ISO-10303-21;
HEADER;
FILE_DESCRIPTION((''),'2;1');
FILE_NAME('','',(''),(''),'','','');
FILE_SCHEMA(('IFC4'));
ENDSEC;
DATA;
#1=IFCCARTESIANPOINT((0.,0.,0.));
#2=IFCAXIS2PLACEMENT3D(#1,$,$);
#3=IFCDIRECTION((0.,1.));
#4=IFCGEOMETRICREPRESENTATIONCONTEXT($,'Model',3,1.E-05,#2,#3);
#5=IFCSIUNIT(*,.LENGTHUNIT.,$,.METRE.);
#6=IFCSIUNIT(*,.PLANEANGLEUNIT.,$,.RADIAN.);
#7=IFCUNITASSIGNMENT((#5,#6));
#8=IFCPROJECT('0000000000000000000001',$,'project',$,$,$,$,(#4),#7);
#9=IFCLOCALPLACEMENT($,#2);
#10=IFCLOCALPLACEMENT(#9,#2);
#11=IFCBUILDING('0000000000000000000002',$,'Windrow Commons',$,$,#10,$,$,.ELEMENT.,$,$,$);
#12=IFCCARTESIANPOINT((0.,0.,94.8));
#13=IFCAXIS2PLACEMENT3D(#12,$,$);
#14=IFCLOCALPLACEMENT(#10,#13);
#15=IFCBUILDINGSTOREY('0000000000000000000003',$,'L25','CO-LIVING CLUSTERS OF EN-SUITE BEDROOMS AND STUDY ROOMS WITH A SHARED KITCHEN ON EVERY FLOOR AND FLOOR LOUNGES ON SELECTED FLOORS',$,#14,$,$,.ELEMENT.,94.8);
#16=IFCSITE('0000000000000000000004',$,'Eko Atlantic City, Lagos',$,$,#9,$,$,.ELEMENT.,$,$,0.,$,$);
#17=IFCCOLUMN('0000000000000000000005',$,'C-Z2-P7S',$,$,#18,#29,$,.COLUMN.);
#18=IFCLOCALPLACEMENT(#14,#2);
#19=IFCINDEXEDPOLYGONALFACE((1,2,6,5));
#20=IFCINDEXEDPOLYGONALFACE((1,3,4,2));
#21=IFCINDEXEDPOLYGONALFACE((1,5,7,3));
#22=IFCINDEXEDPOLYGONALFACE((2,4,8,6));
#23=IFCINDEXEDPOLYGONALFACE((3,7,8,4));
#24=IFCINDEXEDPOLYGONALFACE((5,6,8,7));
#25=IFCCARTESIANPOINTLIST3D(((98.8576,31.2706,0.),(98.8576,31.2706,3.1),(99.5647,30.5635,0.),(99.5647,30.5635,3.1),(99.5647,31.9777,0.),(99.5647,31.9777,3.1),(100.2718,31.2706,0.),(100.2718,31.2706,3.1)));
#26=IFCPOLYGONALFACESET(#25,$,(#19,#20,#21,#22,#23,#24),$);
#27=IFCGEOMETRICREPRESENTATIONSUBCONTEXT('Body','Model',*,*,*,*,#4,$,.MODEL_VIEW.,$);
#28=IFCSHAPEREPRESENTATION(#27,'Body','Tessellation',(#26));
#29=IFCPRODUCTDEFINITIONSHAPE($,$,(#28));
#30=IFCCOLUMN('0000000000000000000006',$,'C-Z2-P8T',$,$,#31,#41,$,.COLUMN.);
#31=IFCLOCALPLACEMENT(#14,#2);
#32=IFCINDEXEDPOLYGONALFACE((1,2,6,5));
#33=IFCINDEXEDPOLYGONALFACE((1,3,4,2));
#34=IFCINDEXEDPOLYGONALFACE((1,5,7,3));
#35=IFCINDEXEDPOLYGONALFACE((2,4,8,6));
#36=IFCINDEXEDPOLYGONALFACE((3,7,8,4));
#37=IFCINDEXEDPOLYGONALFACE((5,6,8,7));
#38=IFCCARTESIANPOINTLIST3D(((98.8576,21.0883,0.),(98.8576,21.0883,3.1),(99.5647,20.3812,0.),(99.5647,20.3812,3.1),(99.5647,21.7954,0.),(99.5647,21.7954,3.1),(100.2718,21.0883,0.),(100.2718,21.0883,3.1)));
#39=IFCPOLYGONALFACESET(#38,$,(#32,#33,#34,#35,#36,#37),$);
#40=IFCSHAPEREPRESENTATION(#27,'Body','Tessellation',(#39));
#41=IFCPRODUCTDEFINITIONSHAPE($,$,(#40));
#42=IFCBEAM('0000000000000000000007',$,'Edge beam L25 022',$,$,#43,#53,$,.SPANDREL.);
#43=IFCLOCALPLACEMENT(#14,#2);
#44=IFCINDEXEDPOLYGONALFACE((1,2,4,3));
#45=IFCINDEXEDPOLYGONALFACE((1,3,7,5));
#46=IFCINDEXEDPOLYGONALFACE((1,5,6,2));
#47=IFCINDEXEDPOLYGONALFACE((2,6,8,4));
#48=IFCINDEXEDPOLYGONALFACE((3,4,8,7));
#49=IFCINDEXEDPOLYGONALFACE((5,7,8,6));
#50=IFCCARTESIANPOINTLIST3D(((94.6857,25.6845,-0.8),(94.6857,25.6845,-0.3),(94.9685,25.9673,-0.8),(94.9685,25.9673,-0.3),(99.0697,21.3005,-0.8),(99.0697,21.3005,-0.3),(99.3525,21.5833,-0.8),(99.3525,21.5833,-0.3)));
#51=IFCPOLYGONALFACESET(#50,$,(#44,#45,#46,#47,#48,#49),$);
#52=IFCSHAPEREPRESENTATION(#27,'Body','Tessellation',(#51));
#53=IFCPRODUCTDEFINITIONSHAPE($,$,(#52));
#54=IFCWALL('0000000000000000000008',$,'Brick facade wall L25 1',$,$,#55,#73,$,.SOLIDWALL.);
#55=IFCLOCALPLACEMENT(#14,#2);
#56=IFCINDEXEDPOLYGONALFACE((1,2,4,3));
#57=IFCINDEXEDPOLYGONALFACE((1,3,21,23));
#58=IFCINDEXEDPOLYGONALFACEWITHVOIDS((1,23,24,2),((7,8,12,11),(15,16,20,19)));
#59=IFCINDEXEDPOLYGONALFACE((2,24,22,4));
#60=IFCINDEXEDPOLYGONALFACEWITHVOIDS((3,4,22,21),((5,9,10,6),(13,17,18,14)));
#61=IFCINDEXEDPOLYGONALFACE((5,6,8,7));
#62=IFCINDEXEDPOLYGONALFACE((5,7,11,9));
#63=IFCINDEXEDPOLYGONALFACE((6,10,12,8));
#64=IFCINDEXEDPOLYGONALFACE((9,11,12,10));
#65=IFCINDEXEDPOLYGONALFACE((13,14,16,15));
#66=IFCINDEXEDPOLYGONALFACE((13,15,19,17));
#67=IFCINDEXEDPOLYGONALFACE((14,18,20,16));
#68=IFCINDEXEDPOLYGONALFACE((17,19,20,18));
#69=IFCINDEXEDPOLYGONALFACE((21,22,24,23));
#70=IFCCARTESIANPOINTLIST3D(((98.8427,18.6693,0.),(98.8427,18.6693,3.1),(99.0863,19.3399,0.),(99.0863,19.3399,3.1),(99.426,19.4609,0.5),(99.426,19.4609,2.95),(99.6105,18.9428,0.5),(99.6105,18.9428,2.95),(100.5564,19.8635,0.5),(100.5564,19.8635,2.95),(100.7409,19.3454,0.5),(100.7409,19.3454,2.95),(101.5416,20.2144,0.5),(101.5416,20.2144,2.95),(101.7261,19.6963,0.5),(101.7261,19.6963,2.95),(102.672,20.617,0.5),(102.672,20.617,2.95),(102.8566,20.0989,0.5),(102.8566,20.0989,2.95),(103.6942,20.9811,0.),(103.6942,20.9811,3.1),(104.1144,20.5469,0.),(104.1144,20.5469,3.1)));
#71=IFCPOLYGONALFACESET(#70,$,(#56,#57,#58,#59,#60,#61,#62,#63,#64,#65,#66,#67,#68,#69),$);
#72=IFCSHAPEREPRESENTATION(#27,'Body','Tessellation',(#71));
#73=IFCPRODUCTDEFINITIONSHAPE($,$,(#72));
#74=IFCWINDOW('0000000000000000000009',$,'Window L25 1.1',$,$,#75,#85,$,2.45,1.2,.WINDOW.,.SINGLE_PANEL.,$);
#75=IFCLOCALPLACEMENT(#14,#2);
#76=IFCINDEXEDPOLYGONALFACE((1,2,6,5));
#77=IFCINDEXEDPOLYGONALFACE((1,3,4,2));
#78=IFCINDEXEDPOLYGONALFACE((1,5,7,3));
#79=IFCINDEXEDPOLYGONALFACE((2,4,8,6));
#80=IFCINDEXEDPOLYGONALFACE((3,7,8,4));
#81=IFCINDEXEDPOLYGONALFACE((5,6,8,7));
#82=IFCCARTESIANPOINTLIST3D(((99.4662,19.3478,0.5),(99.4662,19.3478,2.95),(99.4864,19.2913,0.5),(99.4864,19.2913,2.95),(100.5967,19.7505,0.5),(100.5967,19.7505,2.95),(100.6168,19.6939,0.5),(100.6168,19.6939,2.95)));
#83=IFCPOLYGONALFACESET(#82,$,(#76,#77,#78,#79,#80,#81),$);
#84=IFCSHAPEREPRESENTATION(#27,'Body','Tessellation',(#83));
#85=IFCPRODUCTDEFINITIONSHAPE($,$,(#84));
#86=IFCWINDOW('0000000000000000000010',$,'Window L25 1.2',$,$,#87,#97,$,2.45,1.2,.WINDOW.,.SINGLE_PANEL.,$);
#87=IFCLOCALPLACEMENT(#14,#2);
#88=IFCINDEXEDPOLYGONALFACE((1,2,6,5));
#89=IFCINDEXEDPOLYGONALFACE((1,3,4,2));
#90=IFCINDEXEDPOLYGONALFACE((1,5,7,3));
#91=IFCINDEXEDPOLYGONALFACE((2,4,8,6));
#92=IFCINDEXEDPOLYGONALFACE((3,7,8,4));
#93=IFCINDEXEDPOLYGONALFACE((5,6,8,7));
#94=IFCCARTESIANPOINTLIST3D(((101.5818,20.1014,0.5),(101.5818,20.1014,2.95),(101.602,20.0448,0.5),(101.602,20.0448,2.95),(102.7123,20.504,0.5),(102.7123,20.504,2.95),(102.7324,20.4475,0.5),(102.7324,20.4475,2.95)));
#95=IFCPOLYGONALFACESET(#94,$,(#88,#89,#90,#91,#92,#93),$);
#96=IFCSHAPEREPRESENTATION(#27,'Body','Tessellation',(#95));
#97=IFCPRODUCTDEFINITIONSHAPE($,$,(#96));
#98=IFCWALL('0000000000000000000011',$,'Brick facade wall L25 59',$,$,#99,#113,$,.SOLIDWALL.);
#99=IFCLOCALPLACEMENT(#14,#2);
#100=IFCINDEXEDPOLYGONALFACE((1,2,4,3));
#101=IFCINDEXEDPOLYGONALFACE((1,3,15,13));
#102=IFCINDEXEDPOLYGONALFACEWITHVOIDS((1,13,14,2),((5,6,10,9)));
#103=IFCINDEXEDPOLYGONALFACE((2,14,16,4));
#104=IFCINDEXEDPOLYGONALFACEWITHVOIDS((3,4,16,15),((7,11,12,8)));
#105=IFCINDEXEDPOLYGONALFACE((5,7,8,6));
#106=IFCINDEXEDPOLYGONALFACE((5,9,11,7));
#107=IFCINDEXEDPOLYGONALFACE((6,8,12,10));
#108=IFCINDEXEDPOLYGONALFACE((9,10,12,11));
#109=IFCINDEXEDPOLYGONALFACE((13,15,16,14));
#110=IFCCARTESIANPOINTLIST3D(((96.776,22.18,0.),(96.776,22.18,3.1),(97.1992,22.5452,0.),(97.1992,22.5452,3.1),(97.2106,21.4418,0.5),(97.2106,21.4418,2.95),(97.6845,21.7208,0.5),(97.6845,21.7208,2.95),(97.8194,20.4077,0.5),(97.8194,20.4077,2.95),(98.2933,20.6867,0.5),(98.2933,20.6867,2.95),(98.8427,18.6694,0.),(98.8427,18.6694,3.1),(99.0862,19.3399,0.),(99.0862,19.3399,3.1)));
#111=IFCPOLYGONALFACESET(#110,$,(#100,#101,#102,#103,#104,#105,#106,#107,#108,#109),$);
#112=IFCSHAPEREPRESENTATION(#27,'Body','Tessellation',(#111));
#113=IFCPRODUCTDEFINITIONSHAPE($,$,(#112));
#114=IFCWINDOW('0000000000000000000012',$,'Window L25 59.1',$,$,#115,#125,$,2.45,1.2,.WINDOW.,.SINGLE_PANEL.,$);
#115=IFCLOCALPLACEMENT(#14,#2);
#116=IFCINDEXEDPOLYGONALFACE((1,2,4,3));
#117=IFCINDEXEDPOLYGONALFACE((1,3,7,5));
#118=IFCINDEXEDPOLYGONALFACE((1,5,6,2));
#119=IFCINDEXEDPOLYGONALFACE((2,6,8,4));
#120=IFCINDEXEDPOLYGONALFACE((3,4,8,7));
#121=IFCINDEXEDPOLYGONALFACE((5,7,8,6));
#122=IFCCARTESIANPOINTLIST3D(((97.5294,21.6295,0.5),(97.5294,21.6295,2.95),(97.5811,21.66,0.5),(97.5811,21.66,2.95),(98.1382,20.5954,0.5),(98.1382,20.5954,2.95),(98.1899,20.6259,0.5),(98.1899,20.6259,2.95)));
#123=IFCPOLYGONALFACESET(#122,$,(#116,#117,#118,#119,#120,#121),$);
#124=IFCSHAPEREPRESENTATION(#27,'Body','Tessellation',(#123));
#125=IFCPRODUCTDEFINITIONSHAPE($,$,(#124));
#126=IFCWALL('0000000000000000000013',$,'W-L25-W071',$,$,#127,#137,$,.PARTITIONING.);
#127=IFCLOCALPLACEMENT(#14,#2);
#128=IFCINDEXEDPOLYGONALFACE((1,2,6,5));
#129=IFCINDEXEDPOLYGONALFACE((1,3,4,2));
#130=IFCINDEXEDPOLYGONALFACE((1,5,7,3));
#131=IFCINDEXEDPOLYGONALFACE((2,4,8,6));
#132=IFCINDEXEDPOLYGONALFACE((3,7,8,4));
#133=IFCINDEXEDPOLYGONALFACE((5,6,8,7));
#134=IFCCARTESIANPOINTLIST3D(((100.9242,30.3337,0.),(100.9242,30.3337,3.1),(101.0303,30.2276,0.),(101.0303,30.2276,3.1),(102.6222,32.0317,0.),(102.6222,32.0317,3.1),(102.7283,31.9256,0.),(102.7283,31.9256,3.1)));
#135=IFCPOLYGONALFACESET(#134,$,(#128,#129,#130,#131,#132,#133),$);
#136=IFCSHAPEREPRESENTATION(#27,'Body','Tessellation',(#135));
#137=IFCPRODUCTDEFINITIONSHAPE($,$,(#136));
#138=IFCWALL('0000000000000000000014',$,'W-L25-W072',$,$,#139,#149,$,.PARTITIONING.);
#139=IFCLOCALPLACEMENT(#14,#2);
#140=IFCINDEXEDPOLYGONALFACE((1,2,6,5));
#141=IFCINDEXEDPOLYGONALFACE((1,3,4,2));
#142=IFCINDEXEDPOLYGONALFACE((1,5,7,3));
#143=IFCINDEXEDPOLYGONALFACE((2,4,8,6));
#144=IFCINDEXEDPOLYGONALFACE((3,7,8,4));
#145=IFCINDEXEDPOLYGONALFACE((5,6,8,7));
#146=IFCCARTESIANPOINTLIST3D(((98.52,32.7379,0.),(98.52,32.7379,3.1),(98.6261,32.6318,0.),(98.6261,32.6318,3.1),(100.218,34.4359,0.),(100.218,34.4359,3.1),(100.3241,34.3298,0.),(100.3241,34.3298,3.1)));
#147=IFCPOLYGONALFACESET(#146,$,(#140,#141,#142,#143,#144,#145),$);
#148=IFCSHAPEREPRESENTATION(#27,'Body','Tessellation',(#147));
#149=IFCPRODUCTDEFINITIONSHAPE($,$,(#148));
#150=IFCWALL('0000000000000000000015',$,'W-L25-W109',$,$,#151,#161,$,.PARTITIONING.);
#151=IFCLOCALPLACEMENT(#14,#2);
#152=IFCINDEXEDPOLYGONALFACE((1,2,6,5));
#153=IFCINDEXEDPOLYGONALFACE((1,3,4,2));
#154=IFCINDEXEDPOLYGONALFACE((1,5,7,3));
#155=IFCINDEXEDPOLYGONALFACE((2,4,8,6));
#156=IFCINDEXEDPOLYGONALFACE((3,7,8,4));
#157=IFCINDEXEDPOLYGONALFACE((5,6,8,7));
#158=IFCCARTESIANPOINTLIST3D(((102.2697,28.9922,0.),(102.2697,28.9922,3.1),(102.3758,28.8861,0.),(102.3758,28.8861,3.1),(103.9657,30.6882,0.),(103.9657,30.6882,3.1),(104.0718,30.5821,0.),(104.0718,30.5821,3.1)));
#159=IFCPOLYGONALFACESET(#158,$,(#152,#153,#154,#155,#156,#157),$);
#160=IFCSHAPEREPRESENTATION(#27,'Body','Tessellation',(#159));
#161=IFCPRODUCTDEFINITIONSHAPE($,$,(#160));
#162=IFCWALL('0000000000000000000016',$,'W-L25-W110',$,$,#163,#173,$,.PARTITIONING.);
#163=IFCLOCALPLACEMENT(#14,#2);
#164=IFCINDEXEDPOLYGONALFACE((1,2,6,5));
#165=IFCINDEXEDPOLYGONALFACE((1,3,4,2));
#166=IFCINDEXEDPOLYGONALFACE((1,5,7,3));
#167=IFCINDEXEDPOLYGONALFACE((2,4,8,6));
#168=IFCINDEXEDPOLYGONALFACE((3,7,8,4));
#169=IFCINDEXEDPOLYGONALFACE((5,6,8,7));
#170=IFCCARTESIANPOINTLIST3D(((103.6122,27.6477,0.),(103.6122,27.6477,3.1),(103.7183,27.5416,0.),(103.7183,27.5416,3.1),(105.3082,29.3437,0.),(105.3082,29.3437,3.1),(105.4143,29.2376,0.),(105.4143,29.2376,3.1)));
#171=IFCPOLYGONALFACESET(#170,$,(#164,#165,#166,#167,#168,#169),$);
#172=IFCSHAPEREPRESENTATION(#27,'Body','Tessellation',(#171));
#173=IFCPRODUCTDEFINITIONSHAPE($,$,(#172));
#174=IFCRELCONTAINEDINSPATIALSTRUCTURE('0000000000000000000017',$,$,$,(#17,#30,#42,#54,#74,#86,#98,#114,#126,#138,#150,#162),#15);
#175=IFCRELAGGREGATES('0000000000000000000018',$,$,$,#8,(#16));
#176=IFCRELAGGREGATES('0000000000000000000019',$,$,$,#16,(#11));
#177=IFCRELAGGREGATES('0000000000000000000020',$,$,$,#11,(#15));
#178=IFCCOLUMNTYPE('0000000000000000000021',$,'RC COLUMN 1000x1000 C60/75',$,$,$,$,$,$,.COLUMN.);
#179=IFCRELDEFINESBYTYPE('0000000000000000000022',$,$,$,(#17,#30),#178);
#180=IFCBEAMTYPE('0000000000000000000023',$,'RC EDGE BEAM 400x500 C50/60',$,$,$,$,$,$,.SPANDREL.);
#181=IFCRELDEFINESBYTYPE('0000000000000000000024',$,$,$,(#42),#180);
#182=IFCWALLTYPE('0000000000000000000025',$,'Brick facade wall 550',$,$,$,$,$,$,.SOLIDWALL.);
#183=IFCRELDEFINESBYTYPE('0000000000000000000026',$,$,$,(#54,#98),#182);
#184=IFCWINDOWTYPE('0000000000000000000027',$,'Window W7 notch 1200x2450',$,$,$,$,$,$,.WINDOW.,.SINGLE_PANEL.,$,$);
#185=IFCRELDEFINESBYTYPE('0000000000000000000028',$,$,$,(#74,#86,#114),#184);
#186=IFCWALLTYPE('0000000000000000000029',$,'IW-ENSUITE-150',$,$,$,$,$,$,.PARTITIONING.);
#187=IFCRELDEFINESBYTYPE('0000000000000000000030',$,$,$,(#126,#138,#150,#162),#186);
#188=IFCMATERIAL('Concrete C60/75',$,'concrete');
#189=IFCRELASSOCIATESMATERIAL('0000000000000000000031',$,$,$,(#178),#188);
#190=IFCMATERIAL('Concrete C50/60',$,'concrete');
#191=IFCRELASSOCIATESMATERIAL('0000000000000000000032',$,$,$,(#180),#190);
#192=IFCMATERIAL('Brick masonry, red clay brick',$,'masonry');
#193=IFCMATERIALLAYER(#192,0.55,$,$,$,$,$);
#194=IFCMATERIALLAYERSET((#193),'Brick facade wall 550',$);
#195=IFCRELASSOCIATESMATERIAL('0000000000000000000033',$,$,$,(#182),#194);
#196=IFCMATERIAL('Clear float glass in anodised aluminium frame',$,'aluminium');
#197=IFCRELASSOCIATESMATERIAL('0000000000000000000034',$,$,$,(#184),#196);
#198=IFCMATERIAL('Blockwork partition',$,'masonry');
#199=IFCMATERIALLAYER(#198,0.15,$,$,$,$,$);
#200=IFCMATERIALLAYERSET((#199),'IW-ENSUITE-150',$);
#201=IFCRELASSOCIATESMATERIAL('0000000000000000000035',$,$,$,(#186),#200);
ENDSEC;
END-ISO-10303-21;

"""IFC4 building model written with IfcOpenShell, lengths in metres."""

from ifc_helpers import new_model, si_unit, direction, frame, frame_2d, origin, origin_2d, place, context, subcontext, project, spatial, polyline, rectangle, outline, extrude, material, layer, layer_set, material_profile, profile_set, type_object, element, fill, save


model = new_model("IFC4")

# Units and contexts
model_context = context("Model", 3, precision=1e-05, world=origin(), true_north=direction((0.0, 1.0)))
body_context = subcontext(model_context, "Body", "Model", "MODEL_VIEW")
ifc_project = project(units=[si_unit("LENGTHUNIT", "METRE"), si_unit("PLANEANGLEUNIT", "RADIAN")], contexts=[model_context])

# Site, building, storey
site_placement = place(None, origin())
site = spatial("IfcSite", under=ifc_project, at=site_placement, Name="Eko Atlantic City, Lagos", CompositionType="ELEMENT", RefElevation=0.0)
building_placement = place(site_placement, origin())
building = spatial("IfcBuilding", under=site, at=building_placement, Name="Windrow Commons", CompositionType="ELEMENT")
storey_placement = place(building_placement, frame((0.0, 0.0, 94.8)))
storey = spatial("IfcBuildingStorey", under=building, at=storey_placement, Name="L25", Description="CO-LIVING CLUSTERS OF EN-SUITE BEDROOMS AND STUDY ROOMS WITH A SHARED KITCHEN ON EVERY FLOOR AND FLOOR LOUNGES ON SELECTED FLOORS", CompositionType="ELEMENT", Elevation=94.8)

# Columns
ifc_material_1 = material(Name="Concrete C60/75", Category="concrete")
ifc_material_profile_1 = material_profile(ifc_material_1, rectangle(XDim=1.0, YDim=1.0, at=origin_2d()))
ifc_profile_set_1 = profile_set([ifc_material_profile_1], Name="Concrete C60/75")
column_type = type_object("IfcColumnType", Name="RC COLUMN 1000x1000 C60/75", PredefinedType="COLUMN", material=ifc_profile_set_1)
for number, where, z_axis, x_axis, name in (
    (1, (99.5647, 31.2706, 0.0), (0.0, 0.0, 1.0), (0.707107, -0.707107, 0.0), "C-Z2-P7S"),
    (2, (99.5647, 21.0883, 0.0), (0.0, 0.0, 1.0), (0.707107, -0.707107, 0.0), "C-Z2-P8T"),
):
    element("IfcColumn", number, at=place(storey_placement, frame(where, z_axis=z_axis, x_axis=x_axis)), inside=storey, type_object=column_type, Name=name, PredefinedType="COLUMN", context=body_context, shape_type="SweptSolid", body=[
        extrude(rectangle(XDim=1.0, YDim=1.0, at=origin_2d()), origin(), (0.0, 0.0, 1.0), 3.1),
    ])

# Beam
ifc_material_2 = material(Name="Concrete C50/60", Category="concrete")
ifc_material_profile_2 = material_profile(ifc_material_2, rectangle(XDim=0.4, YDim=0.5, at=origin_2d()))
ifc_profile_set_2 = profile_set([ifc_material_profile_2], Name="Concrete C50/60")
beam_type = type_object("IfcBeamType", Name="RC EDGE BEAM 400x500 C50/60", PredefinedType="SPANDREL", material=ifc_profile_set_2)
beam_placement = place(storey_placement, frame((99.2111, 21.4419, -0.55), z_axis=(-0.707107, 0.707107, 0.0), x_axis=(-0.707107, -0.707107, 0.0)))
element("IfcBeam", 3, at=beam_placement, inside=storey, type_object=beam_type, Name="Edge beam L25 022", PredefinedType="SPANDREL", context=body_context, shape_type="SweptSolid", body=[
    extrude(rectangle(XDim=0.4, YDim=0.5, at=origin_2d()), origin(), (0.0, 0.0, 1.0), 6.1999),
])

# Wall, openings, windows
ifc_material_3 = material(Name="Brick masonry, red clay brick", Category="masonry")
ifc_layer_1 = layer(ifc_material_3, 0.55)
ifc_layer_set_1 = layer_set([ifc_layer_1], Name="Brick facade wall 550")
wall_type_1 = type_object("IfcWallType", Name="Brick facade wall 550", PredefinedType="SOLIDWALL", material=ifc_layer_set_1)
wall_1_placement = place(storey_placement, frame((98.9645, 19.0046, 0.0), z_axis=(0.0, 0.0, 1.0), x_axis=(0.942032, 0.335522, 0.0)))
wall_1 = element("IfcWall", 4, at=wall_1_placement, inside=storey, type_object=wall_type_1, Name="Brick facade wall L25 1", PredefinedType="SOLIDWALL", context=body_context, shape_type="SweptSolid", body=[
    extrude(outline(polyline([(-0.2272, -0.275), (5.3688, -0.275), (5.1187, 0.275), (0.2272, 0.275), (-0.2272, -0.275)])), origin(), (0.0, 0.0, 1.0), 3.1),
])
opening_1_placement = place(wall_1_placement, frame((0.5878, 0.0, 0.5)))
opening_1 = element("IfcOpeningElement", 5, at=opening_1_placement, cuts=wall_1, PredefinedType="OPENING", context=body_context, shape_type="SweptSolid", body=[
    extrude(rectangle(XDim=1.2, YDim=2.45, at=frame_2d((0.6, 1.225))), frame((0.0, 0.285, 0.0), z_axis=(0.0, -1.0, 0.0), x_axis=(1.0, 0.0, 0.0)), (0.0, 0.0, 1.0), 0.57),
])
opening_2_placement = place(wall_1_placement, frame((2.8336, 0.0, 0.5)))
opening_2 = element("IfcOpeningElement", 6, at=opening_2_placement, cuts=wall_1, PredefinedType="OPENING", context=body_context, shape_type="SweptSolid", body=[
    extrude(rectangle(XDim=1.2, YDim=2.45, at=frame_2d((0.6, 1.225))), frame((0.0, 0.285, 0.0), z_axis=(0.0, -1.0, 0.0), x_axis=(1.0, 0.0, 0.0)), (0.0, 0.0, 1.0), 0.57),
])
ifc_material_4 = material(Name="Clear float glass in anodised aluminium frame", Category="aluminium")
window_type = type_object("IfcWindowType", Name="Window W7 notch 1200x2450", PartitioningType="SINGLE_PANEL", PredefinedType="WINDOW", material=ifc_material_4)
window_1_placement = place(opening_1_placement, origin())
window_1 = element("IfcWindow", 7, at=window_1_placement, inside=storey, type_object=window_type, Name="Window L25 1.1", OverallHeight=2.45, OverallWidth=1.2, PartitioningType="SINGLE_PANEL", PredefinedType="WINDOW", context=body_context, shape_type="SweptSolid", body=[
    extrude(rectangle(XDim=1.2, YDim=2.45, at=frame_2d((0.6, 1.225))), frame((0.0, 0.155, 0.0), z_axis=(0.0, -1.0, 0.0), x_axis=(1.0, 0.0, 0.0)), (0.0, 0.0, 1.0), 0.06),
])
fill(opening_1, window_1)
window_2_placement = place(opening_2_placement, origin())
window_2 = element("IfcWindow", 8, at=window_2_placement, inside=storey, type_object=window_type, Name="Window L25 1.2", OverallHeight=2.45, OverallWidth=1.2, PartitioningType="SINGLE_PANEL", PredefinedType="WINDOW", context=body_context, shape_type="SweptSolid", body=[
    extrude(rectangle(XDim=1.2, YDim=2.45, at=frame_2d((0.6, 1.225))), frame((0.0, 0.155, 0.0), z_axis=(0.0, -1.0, 0.0), x_axis=(1.0, 0.0, 0.0)), (0.0, 0.0, 1.0), 0.06),
])
fill(opening_2, window_2)

# Wall, opening, window
wall_2_placement = place(storey_placement, frame((96.9876, 22.3626, 0.0), z_axis=(0.0, 0.0, 1.0), x_axis=(0.507326, -0.861754, 0.0)))
wall_2 = element("IfcWall", 9, at=wall_2_placement, inside=storey, type_object=wall_type_1, Name="Brick facade wall L25 59", PredefinedType="SOLIDWALL", context=body_context, shape_type="SweptSolid", body=[
    extrude(outline(polyline([(0.05, -0.275), (4.1238, -0.275), (3.6695, 0.275), (-0.05, 0.275), (0.05, -0.275)])), origin(), (0.0, 0.0, 1.0), 3.1),
])
opening_3_placement = place(wall_2_placement, frame((0.9066, 0.0, 0.5)))
opening_3 = element("IfcOpeningElement", 10, at=opening_3_placement, cuts=wall_2, PredefinedType="OPENING", context=body_context, shape_type="SweptSolid", body=[
    extrude(rectangle(XDim=1.2, YDim=2.45, at=frame_2d((0.6, 1.225))), frame((0.0, 0.285, 0.0), z_axis=(0.0, -1.0, 0.0), x_axis=(1.0, 0.0, 0.0)), (0.0, 0.0, 1.0), 0.57),
])
window_3_placement = place(opening_3_placement, origin())
window_3 = element("IfcWindow", 11, at=window_3_placement, inside=storey, type_object=window_type, Name="Window L25 59.1", OverallHeight=2.45, OverallWidth=1.2, PartitioningType="SINGLE_PANEL", PredefinedType="WINDOW", context=body_context, shape_type="SweptSolid", body=[
    extrude(rectangle(XDim=1.2, YDim=2.45, at=frame_2d((0.6, 1.225))), frame((0.0, 0.155, 0.0), z_axis=(0.0, -1.0, 0.0), x_axis=(1.0, 0.0, 0.0)), (0.0, 0.0, 1.0), 0.06),
])
fill(opening_3, window_3)

# Walls
ifc_material_5 = material(Name="Blockwork partition", Category="masonry")
ifc_layer_2 = layer(ifc_material_5, 0.15)
ifc_layer_set_2 = layer_set([ifc_layer_2], Name="IW-ENSUITE-150")
wall_type_2 = type_object("IfcWallType", Name="IW-ENSUITE-150", PredefinedType="PARTITIONING", material=ifc_layer_set_2)
for number, where, z_axis, x_axis, name in (
    (12, (100.9773, 30.2807, 0.0), (0.0, 0.0, 1.0), (0.707107, 0.707107, 0.0), "W-L25-W071"),
    (13, (98.5731, 32.6849, 0.0), (0.0, 0.0, 1.0), (0.707107, 0.707107, 0.0), "W-L25-W072"),
):
    element("IfcWall", number, at=place(storey_placement, frame(where, z_axis=z_axis, x_axis=x_axis)), inside=storey, type_object=wall_type_2, Name=name, PredefinedType="PARTITIONING", context=body_context, shape_type="SweptSolid", body=[
        extrude(rectangle(XDim=2.4013, YDim=0.15, at=frame_2d((1.2006, 0.0))), origin(), (0.0, 0.0, 1.0), 3.1),
    ])
for number, where, z_axis, x_axis, name in (
    (14, (102.3228, 28.9392, 0.0), (0.0, 0.0, 1.0), (0.707107, 0.707107, 0.0), "W-L25-W109"),
    (15, (103.6653, 27.5947, 0.0), (0.0, 0.0, 1.0), (0.707107, 0.707107, 0.0), "W-L25-W110"),
):
    element("IfcWall", number, at=place(storey_placement, frame(where, z_axis=z_axis, x_axis=x_axis)), inside=storey, type_object=wall_type_2, Name=name, PredefinedType="PARTITIONING", context=body_context, shape_type="SweptSolid", body=[
        extrude(rectangle(XDim=2.3985, YDim=0.15, at=frame_2d((1.1992, 0.0))), origin(), (0.0, 0.0, 1.0), 3.1),
    ])

save(model, "model.ifc")
